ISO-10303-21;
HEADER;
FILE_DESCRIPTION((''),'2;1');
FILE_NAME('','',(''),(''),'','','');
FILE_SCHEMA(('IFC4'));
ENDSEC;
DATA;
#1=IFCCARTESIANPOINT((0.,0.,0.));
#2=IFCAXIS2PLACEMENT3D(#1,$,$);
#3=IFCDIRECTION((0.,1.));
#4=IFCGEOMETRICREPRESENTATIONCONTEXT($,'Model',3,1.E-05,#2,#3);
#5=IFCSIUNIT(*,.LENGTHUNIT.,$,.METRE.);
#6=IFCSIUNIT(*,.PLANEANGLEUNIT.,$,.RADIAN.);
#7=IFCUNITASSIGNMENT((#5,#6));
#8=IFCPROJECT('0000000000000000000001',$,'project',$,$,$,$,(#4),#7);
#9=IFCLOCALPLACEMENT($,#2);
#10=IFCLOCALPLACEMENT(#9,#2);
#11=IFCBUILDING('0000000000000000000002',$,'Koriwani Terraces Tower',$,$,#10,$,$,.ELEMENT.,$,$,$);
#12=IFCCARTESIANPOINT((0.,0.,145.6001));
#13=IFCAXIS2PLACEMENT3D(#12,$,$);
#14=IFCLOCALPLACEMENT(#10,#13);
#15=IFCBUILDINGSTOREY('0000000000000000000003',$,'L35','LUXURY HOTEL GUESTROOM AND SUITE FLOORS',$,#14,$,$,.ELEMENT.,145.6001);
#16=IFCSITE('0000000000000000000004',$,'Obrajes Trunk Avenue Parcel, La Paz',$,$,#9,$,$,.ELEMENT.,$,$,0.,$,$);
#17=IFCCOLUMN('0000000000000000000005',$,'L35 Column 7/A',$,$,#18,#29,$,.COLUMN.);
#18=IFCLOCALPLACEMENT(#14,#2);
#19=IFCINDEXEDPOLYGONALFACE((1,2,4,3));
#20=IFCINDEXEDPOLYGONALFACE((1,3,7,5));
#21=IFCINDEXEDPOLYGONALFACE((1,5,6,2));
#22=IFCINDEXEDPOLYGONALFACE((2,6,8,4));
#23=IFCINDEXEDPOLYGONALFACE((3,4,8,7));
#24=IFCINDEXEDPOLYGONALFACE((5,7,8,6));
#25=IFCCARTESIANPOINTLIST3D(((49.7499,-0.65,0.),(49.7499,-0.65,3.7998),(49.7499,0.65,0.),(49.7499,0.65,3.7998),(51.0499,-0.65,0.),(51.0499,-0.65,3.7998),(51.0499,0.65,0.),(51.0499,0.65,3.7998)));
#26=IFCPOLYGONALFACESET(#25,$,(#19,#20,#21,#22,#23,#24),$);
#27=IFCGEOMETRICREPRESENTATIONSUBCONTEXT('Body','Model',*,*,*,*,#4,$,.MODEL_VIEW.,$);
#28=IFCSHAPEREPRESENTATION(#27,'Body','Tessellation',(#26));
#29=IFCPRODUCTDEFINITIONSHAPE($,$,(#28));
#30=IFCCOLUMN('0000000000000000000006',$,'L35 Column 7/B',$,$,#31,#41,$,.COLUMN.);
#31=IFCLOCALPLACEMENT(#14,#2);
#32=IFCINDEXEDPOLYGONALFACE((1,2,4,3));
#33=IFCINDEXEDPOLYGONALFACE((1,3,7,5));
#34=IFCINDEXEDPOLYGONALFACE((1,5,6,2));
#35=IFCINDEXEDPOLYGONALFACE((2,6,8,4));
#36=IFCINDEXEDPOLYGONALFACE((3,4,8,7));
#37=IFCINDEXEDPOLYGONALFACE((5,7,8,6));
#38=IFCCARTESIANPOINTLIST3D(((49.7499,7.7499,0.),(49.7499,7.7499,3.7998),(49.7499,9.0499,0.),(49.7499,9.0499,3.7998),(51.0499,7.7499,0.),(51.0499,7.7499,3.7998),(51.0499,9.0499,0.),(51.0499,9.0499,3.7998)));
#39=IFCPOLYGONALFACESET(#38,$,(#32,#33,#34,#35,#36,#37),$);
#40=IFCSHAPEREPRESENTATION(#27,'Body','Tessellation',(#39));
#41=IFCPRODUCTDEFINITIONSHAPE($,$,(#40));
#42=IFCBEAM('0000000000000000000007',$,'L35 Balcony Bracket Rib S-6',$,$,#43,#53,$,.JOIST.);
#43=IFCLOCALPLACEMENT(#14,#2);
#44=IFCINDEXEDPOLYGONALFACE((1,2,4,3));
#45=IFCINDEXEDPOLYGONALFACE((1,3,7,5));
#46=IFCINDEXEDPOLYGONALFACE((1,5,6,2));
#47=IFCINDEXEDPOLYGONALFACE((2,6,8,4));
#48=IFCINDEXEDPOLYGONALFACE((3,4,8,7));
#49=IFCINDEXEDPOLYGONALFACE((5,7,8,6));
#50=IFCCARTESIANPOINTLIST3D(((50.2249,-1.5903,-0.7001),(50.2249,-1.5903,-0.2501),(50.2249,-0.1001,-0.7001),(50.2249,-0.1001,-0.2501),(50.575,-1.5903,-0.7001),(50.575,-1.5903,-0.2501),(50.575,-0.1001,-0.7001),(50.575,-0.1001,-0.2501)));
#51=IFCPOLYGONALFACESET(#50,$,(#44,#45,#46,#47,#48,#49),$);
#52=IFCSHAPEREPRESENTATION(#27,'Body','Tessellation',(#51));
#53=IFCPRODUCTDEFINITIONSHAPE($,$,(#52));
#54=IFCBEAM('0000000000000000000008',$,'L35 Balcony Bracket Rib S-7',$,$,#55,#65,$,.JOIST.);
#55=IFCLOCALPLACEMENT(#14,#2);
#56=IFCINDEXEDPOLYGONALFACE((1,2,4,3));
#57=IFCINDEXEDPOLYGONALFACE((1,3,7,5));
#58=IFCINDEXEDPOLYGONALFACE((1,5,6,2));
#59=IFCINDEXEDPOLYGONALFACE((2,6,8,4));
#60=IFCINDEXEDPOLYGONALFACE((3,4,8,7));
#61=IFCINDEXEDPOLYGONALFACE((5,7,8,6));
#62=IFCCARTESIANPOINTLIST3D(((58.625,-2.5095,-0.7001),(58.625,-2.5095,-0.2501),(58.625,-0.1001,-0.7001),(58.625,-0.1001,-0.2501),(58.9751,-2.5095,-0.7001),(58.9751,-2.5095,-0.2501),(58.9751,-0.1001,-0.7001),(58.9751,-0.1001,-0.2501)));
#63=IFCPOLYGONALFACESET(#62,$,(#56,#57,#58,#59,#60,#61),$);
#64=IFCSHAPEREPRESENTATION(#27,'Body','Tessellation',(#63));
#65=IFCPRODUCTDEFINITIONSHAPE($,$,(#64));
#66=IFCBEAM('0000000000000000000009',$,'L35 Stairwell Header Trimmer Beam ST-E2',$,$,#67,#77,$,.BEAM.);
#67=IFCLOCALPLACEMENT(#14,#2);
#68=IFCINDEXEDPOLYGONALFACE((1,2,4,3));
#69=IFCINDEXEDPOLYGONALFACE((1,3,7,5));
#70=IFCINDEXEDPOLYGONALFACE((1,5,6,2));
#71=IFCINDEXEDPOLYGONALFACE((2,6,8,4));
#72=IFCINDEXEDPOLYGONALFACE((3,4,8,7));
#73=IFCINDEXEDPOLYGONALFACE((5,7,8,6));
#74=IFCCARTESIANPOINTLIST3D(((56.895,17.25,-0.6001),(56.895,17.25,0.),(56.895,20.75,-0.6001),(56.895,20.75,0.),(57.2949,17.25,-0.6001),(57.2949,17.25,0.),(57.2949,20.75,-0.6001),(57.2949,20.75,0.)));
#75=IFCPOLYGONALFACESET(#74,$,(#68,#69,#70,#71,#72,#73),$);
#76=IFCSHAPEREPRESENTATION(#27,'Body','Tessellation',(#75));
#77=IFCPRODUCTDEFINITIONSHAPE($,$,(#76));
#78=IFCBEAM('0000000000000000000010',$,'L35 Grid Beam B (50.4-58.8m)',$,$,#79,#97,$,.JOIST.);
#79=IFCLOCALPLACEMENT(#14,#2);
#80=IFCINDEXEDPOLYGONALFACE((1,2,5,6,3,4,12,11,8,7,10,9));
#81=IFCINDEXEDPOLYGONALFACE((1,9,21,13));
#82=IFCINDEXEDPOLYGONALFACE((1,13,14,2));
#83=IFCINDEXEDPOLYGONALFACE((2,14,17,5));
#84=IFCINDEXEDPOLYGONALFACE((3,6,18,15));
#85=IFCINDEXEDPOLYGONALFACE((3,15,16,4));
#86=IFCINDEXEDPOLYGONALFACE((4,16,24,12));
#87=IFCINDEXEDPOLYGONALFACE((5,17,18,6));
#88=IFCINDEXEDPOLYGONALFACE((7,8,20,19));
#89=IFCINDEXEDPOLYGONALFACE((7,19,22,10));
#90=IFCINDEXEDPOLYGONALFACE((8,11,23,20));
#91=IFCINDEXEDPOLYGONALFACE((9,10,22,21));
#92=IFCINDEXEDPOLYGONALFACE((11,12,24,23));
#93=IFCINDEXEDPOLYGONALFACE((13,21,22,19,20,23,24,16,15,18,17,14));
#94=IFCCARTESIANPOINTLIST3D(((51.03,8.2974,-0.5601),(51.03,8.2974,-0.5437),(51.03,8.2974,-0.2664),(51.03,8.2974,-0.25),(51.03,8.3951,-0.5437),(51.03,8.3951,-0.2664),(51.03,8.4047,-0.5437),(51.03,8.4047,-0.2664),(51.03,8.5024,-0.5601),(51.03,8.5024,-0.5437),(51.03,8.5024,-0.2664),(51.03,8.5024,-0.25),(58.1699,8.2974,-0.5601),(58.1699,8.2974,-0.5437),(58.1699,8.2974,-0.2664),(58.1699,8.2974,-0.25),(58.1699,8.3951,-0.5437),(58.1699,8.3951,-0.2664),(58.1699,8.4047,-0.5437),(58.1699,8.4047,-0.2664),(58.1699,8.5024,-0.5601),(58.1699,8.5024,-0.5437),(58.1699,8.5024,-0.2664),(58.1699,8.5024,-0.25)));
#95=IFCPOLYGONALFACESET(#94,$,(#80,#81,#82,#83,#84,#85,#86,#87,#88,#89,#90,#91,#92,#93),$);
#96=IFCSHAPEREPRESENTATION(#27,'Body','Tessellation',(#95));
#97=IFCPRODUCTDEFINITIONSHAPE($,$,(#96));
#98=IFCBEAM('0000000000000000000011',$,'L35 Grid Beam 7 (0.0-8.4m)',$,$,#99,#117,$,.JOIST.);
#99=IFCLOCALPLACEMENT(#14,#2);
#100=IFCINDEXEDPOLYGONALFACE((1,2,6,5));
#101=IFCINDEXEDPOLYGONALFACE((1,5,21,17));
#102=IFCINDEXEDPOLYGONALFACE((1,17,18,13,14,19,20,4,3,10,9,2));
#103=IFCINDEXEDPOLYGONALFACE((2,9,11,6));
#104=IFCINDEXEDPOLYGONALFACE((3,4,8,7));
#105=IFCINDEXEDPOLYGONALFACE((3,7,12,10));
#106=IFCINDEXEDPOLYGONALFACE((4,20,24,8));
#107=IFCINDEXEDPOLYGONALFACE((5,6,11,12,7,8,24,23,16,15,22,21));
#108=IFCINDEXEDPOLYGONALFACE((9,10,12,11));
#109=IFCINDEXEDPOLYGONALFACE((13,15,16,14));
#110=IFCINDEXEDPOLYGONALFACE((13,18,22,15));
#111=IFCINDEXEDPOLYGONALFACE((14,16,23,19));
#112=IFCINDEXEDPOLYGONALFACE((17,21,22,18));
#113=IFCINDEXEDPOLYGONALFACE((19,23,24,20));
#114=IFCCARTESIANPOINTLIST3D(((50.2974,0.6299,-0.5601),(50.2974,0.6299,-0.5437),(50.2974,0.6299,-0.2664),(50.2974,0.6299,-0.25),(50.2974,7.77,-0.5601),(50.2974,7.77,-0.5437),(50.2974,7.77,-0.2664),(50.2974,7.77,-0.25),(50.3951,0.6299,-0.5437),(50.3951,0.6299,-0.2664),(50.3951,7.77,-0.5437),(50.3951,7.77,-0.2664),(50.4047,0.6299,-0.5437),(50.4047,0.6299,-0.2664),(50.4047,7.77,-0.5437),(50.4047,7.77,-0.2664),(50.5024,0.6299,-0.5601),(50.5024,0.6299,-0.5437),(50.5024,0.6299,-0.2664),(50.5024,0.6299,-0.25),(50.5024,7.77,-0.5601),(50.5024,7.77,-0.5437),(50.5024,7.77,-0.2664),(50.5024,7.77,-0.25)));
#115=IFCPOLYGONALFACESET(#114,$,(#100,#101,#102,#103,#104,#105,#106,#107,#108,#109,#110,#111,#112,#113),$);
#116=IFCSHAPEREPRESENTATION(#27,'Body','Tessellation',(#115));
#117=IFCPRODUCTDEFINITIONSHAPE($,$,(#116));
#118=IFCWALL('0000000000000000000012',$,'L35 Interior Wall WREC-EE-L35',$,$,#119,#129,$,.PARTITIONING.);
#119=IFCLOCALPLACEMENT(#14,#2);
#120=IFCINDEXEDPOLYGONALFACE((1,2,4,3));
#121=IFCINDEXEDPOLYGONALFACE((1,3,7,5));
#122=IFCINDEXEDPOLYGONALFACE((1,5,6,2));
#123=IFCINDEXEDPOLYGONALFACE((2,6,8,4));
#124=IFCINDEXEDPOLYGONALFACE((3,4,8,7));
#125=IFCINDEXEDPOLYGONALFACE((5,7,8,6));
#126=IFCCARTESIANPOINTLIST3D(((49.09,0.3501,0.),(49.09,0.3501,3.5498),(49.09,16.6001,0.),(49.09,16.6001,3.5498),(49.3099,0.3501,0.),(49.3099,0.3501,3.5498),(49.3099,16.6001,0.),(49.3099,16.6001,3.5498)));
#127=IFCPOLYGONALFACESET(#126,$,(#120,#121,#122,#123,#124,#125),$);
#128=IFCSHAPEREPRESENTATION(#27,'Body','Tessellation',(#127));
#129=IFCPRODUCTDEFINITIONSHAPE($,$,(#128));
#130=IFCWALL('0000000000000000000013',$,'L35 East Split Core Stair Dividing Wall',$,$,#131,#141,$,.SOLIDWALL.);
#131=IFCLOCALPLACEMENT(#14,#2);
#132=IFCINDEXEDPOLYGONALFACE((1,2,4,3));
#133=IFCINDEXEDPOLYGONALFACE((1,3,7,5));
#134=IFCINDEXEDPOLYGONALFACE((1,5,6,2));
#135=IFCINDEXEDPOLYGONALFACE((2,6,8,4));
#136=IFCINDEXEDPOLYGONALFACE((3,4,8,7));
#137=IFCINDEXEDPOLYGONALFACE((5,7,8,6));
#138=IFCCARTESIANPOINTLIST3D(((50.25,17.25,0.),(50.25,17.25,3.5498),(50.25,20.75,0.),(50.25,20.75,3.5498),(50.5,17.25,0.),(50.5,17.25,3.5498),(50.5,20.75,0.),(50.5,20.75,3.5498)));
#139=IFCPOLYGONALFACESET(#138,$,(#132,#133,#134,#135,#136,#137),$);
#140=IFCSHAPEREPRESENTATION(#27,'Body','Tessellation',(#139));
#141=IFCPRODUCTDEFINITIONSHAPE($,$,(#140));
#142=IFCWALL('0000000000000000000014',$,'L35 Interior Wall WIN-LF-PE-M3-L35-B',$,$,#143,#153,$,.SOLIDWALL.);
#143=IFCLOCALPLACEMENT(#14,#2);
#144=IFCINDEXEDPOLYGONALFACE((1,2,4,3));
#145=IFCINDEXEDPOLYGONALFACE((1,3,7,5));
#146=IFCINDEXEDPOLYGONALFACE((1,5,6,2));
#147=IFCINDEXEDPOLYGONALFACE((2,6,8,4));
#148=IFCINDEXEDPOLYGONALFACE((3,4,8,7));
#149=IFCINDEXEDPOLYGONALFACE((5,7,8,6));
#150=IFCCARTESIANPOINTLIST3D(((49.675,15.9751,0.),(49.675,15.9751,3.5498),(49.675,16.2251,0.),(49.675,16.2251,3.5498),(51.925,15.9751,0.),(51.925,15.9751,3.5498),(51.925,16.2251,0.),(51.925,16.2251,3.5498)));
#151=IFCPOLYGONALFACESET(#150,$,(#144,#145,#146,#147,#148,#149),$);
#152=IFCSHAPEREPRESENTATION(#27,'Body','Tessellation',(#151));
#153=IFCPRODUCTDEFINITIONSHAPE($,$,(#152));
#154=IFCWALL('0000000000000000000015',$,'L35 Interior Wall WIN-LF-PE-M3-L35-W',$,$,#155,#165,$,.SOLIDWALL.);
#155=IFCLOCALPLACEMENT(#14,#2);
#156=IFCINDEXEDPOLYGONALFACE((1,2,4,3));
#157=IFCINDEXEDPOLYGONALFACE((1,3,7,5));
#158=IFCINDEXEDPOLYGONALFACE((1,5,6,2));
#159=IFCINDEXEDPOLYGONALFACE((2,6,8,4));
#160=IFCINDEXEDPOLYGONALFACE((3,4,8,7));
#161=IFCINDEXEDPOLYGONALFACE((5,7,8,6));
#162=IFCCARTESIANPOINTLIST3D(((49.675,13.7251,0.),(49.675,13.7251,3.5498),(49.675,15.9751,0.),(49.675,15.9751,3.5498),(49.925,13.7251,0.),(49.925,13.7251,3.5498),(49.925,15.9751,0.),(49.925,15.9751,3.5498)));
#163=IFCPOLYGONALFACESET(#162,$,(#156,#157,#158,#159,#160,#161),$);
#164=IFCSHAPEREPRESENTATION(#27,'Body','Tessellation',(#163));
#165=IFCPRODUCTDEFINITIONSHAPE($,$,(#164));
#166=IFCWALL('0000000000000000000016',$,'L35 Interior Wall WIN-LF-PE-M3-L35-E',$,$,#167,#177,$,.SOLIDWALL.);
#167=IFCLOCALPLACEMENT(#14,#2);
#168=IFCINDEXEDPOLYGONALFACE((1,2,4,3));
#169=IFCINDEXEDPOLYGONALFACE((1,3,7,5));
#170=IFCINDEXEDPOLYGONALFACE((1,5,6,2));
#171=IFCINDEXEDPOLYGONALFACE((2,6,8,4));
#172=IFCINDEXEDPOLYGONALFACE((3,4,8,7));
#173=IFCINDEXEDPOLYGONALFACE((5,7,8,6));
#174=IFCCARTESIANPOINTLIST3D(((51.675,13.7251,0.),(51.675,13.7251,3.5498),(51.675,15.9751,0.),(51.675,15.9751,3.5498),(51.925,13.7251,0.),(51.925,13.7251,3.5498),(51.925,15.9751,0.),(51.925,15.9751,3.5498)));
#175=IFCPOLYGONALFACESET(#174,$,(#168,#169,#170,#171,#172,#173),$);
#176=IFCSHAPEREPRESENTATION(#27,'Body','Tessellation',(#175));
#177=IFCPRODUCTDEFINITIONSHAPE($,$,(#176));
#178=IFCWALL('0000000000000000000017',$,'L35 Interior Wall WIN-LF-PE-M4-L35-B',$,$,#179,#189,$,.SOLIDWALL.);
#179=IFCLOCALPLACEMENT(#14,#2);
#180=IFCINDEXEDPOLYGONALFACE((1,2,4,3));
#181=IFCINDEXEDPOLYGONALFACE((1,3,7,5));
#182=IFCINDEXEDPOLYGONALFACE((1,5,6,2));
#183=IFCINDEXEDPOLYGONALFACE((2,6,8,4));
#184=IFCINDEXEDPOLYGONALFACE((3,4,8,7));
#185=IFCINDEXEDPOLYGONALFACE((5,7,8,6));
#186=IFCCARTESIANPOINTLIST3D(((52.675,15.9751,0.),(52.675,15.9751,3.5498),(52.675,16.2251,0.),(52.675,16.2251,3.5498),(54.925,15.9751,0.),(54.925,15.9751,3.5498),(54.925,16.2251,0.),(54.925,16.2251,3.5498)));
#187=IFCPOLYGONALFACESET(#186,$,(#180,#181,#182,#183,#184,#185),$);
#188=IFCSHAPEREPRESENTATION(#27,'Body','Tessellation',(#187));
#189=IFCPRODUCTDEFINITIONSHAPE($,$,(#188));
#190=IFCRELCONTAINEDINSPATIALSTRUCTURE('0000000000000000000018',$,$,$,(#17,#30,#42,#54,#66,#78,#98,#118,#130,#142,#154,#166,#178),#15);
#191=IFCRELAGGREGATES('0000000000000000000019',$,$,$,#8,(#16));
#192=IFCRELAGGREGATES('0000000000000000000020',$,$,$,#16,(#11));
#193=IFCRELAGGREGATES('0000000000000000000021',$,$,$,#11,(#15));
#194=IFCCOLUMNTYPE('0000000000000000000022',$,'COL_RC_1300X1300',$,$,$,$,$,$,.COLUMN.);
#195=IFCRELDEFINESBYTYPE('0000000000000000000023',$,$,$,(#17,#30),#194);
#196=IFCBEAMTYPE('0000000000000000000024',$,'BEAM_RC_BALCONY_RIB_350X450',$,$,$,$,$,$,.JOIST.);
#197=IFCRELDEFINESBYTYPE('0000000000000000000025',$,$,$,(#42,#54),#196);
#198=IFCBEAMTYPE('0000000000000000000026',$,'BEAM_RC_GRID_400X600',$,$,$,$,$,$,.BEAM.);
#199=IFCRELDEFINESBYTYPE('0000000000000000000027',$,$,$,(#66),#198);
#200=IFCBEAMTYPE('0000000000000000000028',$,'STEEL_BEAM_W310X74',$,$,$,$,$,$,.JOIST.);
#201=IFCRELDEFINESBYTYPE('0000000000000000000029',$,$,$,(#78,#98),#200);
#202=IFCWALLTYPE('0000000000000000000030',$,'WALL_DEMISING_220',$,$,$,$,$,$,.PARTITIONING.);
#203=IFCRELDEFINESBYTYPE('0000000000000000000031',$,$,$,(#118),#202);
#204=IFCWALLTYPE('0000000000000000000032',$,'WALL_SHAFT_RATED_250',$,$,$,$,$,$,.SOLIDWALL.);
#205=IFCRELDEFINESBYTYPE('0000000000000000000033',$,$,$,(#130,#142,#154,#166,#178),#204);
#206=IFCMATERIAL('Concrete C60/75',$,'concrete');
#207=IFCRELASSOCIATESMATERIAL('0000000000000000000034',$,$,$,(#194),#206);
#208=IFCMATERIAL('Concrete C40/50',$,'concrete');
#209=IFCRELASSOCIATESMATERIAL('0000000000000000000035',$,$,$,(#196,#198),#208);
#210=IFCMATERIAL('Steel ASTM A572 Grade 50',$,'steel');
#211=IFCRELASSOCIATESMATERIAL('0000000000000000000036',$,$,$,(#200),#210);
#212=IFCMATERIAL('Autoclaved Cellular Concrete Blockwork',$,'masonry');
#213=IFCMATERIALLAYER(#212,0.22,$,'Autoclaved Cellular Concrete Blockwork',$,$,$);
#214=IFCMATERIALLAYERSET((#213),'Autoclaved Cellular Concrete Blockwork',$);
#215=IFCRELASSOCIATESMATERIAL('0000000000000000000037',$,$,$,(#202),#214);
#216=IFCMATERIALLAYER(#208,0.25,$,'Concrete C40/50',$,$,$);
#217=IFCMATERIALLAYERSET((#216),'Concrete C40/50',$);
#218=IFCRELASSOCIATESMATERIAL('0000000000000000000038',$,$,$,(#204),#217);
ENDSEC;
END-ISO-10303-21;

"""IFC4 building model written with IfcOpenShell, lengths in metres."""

from ifc_helpers import new_model, si_unit, direction, frame, frame_2d, origin, origin_2d, place, context, subcontext, project, spatial, rectangle, i_section, extrude, material, layer, layer_set, material_profile, profile_set, type_object, element, save


model = new_model("IFC4")

# Units and contexts
model_context = context("Model", 3, precision=1e-05, world=origin(), true_north=direction((0.0, 1.0)))
body_context = subcontext(model_context, "Body", "Model", "MODEL_VIEW")
ifc_project = project(units=[si_unit("LENGTHUNIT", "METRE"), si_unit("PLANEANGLEUNIT", "RADIAN")], contexts=[model_context])

# Site, building, storey
site_placement = place(None, origin())
site = spatial("IfcSite", under=ifc_project, at=site_placement, Name="Obrajes Trunk Avenue Parcel, La Paz", CompositionType="ELEMENT", RefElevation=0.0)
building_placement = place(site_placement, origin())
building = spatial("IfcBuilding", under=site, at=building_placement, Name="Koriwani Terraces Tower", CompositionType="ELEMENT")
storey_placement = place(building_placement, frame((0.0, 0.0, 145.6001)))
storey = spatial("IfcBuildingStorey", under=building, at=storey_placement, Name="L35", Description="LUXURY HOTEL GUESTROOM AND SUITE FLOORS", CompositionType="ELEMENT", Elevation=145.6001)

# Columns
ifc_material_1 = material(Name="Concrete C60/75", Category="concrete")
ifc_material_profile_1 = material_profile(ifc_material_1, rectangle(XDim=1.3, YDim=1.3, at=origin_2d()), Name="Concrete C60/75", Category="LoadBearing")
ifc_profile_set_1 = profile_set([ifc_material_profile_1], Name="Concrete C60/75")
column_type = type_object("IfcColumnType", Name="COL_RC_1300X1300", PredefinedType="COLUMN", material=ifc_profile_set_1)
for number, where, z_axis, x_axis, name in (
    (1, (50.3999, 0.0, 0.0), (0.0, 0.0, 1.0), (1.0, 0.0, 0.0), "L35 Column 7/A"),
    (2, (50.3999, 8.3999, 0.0), (0.0, 0.0, 1.0), (1.0, 0.0, 0.0), "L35 Column 7/B"),
):
    element("IfcColumn", number, at=place(storey_placement, frame(where, z_axis=z_axis, x_axis=x_axis)), inside=storey, type_object=column_type, Name=name, PredefinedType="COLUMN", context=body_context, shape_type="SweptSolid", body=[
        extrude(rectangle(XDim=1.3, YDim=1.3, at=origin_2d()), origin(), (0.0, 0.0, 1.0), 3.7998),
    ])

# Beams
ifc_material_2 = material(Name="Concrete C40/50", Category="concrete")
ifc_material_profile_2 = material_profile(ifc_material_2, rectangle(XDim=0.3501, YDim=0.45, at=origin_2d()), Name="Concrete C40/50", Category="LoadBearing")
ifc_profile_set_2 = profile_set([ifc_material_profile_2], Name="Concrete C40/50")
beam_type_1 = type_object("IfcBeamType", Name="BEAM_RC_BALCONY_RIB_350X450", PredefinedType="JOIST", material=ifc_profile_set_2)
beam_1_placement = place(storey_placement, frame((50.3999, -1.5903, -0.4751), z_axis=(0.0, 1.0, 0.0), x_axis=(-1.0, 0.0, 0.0)))
element("IfcBeam", 3, at=beam_1_placement, inside=storey, type_object=beam_type_1, Name="L35 Balcony Bracket Rib S-6", PredefinedType="JOIST", context=body_context, shape_type="SweptSolid", body=[
    extrude(rectangle(XDim=0.3501, YDim=0.45, at=origin_2d()), origin(), (0.0, 0.0, 1.0), 1.4902),
])
beam_2_placement = place(storey_placement, frame((58.8, -2.5095, -0.4751), z_axis=(0.0, 1.0, 0.0), x_axis=(-1.0, 0.0, 0.0)))
element("IfcBeam", 4, at=beam_2_placement, inside=storey, type_object=beam_type_1, Name="L35 Balcony Bracket Rib S-7", PredefinedType="JOIST", context=body_context, shape_type="SweptSolid", body=[
    extrude(rectangle(XDim=0.3501, YDim=0.45, at=origin_2d()), origin(), (0.0, 0.0, 1.0), 2.4094),
])
ifc_material_profile_3 = material_profile(ifc_material_2, rectangle(XDim=0.3999, YDim=0.6001, at=origin_2d()), Name="Concrete C40/50", Category="LoadBearing")
ifc_profile_set_3 = profile_set([ifc_material_profile_3], Name="Concrete C40/50")
beam_type_2 = type_object("IfcBeamType", Name="BEAM_RC_GRID_400X600", PredefinedType="BEAM", material=ifc_profile_set_3)
beam_3_placement = place(storey_placement, frame((57.095, 17.25, -0.3), z_axis=(0.0, 1.0, 0.0), x_axis=(-1.0, 0.0, 0.0)))
element("IfcBeam", 5, at=beam_3_placement, inside=storey, type_object=beam_type_2, Name="L35 Stairwell Header Trimmer Beam ST-E2", PredefinedType="BEAM", context=body_context, shape_type="SweptSolid", body=[
    extrude(rectangle(XDim=0.3999, YDim=0.6001, at=origin_2d()), origin(), (0.0, 0.0, 1.0), 3.5),
])
ifc_material_3 = material(Name="Steel ASTM A572 Grade 50", Category="steel")
ifc_material_profile_4 = material_profile(ifc_material_3, i_section(OverallWidth=0.2051, OverallDepth=0.3101, WebThickness=0.0095, FlangeThickness=0.0164, at=origin_2d()), Name="Steel ASTM A572 Grade 50", Category="LoadBearing")
ifc_profile_set_4 = profile_set([ifc_material_profile_4], Name="Steel ASTM A572 Grade 50")
beam_type_3 = type_object("IfcBeamType", Name="STEEL_BEAM_W310X74", PredefinedType="JOIST", material=ifc_profile_set_4)
beam_4_placement = place(storey_placement, frame((51.03, 8.3999, -0.405), z_axis=(1.0, 0.0, 0.0), x_axis=(0.0, 1.0, 0.0)))
element("IfcBeam", 6, at=beam_4_placement, inside=storey, type_object=beam_type_3, Name="L35 Grid Beam B (50.4-58.8m)", PredefinedType="JOIST", context=body_context, shape_type="SweptSolid", body=[
    extrude(i_section(OverallWidth=0.2051, OverallDepth=0.3101, WebThickness=0.0095, FlangeThickness=0.0164, at=origin_2d()), origin(), (0.0, 0.0, 1.0), 7.1399),
])
beam_5_placement = place(storey_placement, frame((50.3999, 0.6299, -0.405), z_axis=(0.0, 1.0, 0.0), x_axis=(-1.0, 0.0, 0.0)))
element("IfcBeam", 7, at=beam_5_placement, inside=storey, type_object=beam_type_3, Name="L35 Grid Beam 7 (0.0-8.4m)", PredefinedType="JOIST", context=body_context, shape_type="SweptSolid", body=[
    extrude(i_section(OverallWidth=0.2051, OverallDepth=0.3101, WebThickness=0.0095, FlangeThickness=0.0164, at=origin_2d()), origin(), (0.0, 0.0, 1.0), 7.1401),
])

# Walls
ifc_material_4 = material(Name="Autoclaved Cellular Concrete Blockwork", Category="masonry")
ifc_layer_1 = layer(ifc_material_4, 0.22, Name="Autoclaved Cellular Concrete Blockwork")
ifc_layer_set_1 = layer_set([ifc_layer_1], Name="Autoclaved Cellular Concrete Blockwork")
wall_type_1 = type_object("IfcWallType", Name="WALL_DEMISING_220", PredefinedType="PARTITIONING", material=ifc_layer_set_1)
wall_1_placement = place(storey_placement, frame((49.2, 0.3501, 0.0), z_axis=(0.0, 0.0, 1.0), x_axis=(0.0, 1.0, 0.0)))
element("IfcWall", 8, at=wall_1_placement, inside=storey, type_object=wall_type_1, Name="L35 Interior Wall WREC-EE-L35", PredefinedType="PARTITIONING", context=body_context, shape_type="SweptSolid", body=[
    extrude(rectangle(XDim=16.25, YDim=0.22, at=frame_2d((8.125, 0.0))), origin(), (0.0, 0.0, 1.0), 3.5498),
])
ifc_layer_2 = layer(ifc_material_2, 0.25, Name="Concrete C40/50")
ifc_layer_set_2 = layer_set([ifc_layer_2], Name="Concrete C40/50")
wall_type_2 = type_object("IfcWallType", Name="WALL_SHAFT_RATED_250", PredefinedType="SOLIDWALL", material=ifc_layer_set_2)
wall_2_placement = place(storey_placement, frame((50.375, 17.25, 0.0), z_axis=(0.0, 0.0, 1.0), x_axis=(0.0, 1.0, 0.0)))
element("IfcWall", 9, at=wall_2_placement, inside=storey, type_object=wall_type_2, Name="L35 East Split Core Stair Dividing Wall", PredefinedType="SOLIDWALL", context=body_context, shape_type="SweptSolid", body=[
    extrude(rectangle(XDim=3.5, YDim=0.25, at=frame_2d((1.75, 0.0))), origin(), (0.0, 0.0, 1.0), 3.5498),
])

# Walls
for number, where, z_axis, x_axis, name in (
    (10, (49.675, 16.1001, 0.0), (0.0, 0.0, 1.0), (1.0, 0.0, 0.0), "L35 Interior Wall WIN-LF-PE-M3-L35-B"),
    (11, (49.8, 13.7251, 0.0), (0.0, 0.0, 1.0), (0.0, 1.0, 0.0), "L35 Interior Wall WIN-LF-PE-M3-L35-W"),
    (12, (51.8, 13.7251, 0.0), (0.0, 0.0, 1.0), (0.0, 1.0, 0.0), "L35 Interior Wall WIN-LF-PE-M3-L35-E"),
):
    element("IfcWall", number, at=place(storey_placement, frame(where, z_axis=z_axis, x_axis=x_axis)), inside=storey, type_object=wall_type_2, Name=name, PredefinedType="SOLIDWALL", context=body_context, shape_type="SweptSolid", body=[
        extrude(rectangle(XDim=2.25, YDim=0.25, at=frame_2d((1.125, 0.0))), origin(), (0.0, 0.0, 1.0), 3.5498),
    ])

# Wall
for number, where, z_axis, x_axis, name in (
    (13, (52.675, 16.1001, 0.0), (0.0, 0.0, 1.0), (1.0, 0.0, 0.0), "L35 Interior Wall WIN-LF-PE-M4-L35-B"),
):
    element("IfcWall", number, at=place(storey_placement, frame(where, z_axis=z_axis, x_axis=x_axis)), inside=storey, type_object=wall_type_2, Name=name, PredefinedType="SOLIDWALL", context=body_context, shape_type="SweptSolid", body=[
        extrude(rectangle(XDim=2.25, YDim=0.25, at=frame_2d((1.125, 0.0))), origin(), (0.0, 0.0, 1.0), 3.5498),
    ])

save(model, "model.ifc")
